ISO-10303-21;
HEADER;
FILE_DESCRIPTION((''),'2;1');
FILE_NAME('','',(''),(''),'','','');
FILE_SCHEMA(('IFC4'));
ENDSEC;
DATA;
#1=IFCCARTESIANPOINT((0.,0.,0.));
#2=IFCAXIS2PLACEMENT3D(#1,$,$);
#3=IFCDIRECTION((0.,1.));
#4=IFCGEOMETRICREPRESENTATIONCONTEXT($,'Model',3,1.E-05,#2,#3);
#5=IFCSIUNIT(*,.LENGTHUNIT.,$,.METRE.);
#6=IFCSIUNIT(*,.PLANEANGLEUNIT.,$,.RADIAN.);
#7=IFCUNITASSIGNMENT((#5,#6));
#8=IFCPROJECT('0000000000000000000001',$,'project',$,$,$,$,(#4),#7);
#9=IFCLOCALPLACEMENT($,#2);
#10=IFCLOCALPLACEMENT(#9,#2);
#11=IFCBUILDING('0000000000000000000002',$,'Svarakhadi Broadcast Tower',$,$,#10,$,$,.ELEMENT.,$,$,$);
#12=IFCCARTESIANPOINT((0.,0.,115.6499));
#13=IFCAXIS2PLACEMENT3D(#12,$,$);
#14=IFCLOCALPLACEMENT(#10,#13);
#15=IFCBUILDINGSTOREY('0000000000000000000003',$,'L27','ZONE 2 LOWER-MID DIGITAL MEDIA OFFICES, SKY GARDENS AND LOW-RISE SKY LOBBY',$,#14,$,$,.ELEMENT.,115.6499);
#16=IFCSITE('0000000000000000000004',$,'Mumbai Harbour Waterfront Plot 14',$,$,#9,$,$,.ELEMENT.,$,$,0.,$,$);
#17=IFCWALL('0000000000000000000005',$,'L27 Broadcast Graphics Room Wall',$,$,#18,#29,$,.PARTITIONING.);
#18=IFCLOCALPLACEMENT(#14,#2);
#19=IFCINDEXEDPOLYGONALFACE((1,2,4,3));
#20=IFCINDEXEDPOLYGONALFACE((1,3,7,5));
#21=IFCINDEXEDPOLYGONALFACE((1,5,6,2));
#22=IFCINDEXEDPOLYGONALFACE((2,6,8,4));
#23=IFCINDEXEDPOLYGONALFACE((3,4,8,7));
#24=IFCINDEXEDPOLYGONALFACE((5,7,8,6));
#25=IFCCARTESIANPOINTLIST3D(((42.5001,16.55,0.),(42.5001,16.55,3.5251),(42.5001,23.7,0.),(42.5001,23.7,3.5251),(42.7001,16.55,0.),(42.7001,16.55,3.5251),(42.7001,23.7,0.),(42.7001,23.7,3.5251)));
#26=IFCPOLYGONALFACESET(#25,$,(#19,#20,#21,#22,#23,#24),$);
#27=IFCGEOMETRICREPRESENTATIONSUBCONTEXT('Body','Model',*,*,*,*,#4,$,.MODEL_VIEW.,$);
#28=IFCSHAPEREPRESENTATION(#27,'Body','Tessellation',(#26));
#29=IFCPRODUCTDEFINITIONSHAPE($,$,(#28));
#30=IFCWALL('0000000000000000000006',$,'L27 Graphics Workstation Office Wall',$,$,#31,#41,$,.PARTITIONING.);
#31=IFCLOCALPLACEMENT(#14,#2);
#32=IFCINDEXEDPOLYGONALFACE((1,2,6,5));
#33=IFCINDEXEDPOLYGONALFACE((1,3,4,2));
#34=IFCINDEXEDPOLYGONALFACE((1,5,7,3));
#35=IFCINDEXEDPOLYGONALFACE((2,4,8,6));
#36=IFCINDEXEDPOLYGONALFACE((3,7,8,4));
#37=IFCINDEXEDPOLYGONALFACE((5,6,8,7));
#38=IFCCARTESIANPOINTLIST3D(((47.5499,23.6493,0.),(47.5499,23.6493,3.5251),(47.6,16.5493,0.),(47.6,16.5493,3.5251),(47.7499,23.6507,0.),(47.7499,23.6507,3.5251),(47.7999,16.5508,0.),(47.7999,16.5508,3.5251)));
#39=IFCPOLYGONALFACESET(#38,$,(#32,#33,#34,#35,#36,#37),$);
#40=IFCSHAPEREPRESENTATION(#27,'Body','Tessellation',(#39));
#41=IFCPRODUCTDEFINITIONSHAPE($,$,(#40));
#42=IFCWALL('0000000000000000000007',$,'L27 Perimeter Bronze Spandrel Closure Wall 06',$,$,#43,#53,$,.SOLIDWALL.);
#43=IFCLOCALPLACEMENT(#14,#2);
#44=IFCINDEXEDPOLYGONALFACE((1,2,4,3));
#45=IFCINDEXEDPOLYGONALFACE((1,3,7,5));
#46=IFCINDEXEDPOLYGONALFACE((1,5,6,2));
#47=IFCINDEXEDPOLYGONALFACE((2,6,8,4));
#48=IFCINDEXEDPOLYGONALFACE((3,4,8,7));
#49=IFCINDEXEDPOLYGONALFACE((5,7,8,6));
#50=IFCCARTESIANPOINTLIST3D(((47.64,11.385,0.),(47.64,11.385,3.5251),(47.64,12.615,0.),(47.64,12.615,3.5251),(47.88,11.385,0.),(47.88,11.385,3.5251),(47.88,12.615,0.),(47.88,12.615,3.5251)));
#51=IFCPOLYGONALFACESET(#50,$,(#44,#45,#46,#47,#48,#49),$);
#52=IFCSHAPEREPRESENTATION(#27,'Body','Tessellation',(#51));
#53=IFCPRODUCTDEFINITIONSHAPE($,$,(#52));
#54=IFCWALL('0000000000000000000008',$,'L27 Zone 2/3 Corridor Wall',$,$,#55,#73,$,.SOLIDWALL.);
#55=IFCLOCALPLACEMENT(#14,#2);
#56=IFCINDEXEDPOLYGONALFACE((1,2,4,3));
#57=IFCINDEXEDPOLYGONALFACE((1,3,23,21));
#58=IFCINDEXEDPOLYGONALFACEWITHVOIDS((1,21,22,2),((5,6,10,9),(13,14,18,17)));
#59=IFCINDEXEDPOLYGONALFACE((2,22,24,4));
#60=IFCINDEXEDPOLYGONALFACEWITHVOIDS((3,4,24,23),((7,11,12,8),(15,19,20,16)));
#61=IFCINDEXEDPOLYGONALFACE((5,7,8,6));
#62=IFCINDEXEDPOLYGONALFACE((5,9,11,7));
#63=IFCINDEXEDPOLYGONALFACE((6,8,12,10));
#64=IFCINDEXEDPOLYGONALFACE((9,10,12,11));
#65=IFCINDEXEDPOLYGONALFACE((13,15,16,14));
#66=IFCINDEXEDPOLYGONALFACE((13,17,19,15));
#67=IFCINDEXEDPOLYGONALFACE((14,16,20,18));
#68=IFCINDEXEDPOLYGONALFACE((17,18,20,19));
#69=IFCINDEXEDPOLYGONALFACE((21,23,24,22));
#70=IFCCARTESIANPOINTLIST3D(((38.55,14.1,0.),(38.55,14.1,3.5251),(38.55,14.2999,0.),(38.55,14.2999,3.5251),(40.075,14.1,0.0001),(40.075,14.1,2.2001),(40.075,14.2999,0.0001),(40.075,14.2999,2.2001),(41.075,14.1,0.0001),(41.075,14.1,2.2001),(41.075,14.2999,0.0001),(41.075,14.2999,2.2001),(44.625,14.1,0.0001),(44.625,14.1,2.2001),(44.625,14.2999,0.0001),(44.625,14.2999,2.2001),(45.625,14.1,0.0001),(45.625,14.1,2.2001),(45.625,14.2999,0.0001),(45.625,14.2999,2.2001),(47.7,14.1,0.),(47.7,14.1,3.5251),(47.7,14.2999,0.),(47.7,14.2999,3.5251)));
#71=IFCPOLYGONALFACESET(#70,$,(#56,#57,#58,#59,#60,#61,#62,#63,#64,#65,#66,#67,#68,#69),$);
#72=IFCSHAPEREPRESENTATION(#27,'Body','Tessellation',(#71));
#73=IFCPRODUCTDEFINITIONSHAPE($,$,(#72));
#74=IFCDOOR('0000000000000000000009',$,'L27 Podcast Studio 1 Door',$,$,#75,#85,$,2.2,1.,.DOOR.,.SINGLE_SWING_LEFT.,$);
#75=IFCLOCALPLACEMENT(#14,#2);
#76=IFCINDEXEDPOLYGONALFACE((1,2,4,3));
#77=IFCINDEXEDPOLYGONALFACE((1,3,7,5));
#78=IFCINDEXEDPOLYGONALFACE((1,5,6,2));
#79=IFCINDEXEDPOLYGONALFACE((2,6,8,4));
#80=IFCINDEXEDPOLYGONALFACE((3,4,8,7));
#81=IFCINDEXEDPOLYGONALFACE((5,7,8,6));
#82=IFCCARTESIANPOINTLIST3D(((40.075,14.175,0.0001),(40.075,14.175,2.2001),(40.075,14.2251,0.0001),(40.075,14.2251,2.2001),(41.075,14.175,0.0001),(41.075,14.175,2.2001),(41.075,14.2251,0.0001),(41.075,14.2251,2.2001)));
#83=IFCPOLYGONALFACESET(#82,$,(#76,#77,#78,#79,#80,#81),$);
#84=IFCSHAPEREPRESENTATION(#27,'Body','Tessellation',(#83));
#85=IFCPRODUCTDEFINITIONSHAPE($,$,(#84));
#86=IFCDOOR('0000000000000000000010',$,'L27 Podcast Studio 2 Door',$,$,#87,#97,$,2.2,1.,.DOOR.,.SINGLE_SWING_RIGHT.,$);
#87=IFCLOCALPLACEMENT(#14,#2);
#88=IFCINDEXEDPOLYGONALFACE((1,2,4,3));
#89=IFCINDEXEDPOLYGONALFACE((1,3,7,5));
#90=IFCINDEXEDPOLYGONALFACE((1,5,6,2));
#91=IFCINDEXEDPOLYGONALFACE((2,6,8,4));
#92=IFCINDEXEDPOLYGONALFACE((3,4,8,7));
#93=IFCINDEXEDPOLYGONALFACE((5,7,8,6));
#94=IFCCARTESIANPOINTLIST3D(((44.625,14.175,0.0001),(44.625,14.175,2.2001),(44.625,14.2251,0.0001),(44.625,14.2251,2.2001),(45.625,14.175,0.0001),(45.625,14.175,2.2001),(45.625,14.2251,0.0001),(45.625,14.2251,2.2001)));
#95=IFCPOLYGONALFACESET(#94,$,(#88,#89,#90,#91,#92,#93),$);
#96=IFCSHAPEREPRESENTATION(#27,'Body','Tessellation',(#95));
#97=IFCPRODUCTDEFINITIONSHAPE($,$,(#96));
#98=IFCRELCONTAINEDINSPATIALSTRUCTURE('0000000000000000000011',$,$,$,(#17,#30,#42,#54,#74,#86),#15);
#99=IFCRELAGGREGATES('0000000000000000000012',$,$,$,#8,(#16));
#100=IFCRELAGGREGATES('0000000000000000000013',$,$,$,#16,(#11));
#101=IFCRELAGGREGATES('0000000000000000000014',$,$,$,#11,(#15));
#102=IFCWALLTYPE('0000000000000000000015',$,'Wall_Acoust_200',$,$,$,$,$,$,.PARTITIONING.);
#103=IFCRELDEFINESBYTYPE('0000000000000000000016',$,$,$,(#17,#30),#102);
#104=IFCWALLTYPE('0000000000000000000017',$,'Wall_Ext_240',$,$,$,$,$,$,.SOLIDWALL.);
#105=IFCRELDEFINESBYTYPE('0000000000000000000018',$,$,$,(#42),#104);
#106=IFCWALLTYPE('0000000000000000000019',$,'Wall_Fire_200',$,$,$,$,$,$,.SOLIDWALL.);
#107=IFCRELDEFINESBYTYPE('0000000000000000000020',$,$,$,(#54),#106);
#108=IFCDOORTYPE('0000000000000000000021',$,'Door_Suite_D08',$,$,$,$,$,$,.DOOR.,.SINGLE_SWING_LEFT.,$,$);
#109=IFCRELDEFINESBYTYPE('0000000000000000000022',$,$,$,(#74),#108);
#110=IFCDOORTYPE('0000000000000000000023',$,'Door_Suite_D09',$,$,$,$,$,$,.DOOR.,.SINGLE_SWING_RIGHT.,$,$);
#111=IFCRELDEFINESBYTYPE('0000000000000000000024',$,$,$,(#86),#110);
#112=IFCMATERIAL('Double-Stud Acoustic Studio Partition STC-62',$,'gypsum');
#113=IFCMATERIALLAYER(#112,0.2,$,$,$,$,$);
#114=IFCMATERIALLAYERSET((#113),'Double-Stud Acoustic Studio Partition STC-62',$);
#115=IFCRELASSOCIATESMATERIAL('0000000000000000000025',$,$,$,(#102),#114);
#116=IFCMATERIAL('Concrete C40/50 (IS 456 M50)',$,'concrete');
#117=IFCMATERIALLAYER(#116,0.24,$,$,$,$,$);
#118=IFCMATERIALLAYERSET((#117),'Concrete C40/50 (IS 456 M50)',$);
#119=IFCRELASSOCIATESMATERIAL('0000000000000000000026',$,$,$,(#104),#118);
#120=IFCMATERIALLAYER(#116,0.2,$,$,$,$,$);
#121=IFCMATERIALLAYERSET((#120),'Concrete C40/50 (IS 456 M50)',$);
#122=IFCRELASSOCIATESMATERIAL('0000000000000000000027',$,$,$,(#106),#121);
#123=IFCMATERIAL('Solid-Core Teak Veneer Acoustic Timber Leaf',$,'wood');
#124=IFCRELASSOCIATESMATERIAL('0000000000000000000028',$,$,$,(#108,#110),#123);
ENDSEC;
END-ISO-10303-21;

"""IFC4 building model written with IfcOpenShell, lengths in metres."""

from ifc_helpers import new_model, si_unit, direction, frame, frame_2d, origin, place, context, subcontext, project, spatial, rectangle, extrude, material, layer, layer_set, type_object, element, fill, save


model = new_model("IFC4")

# Units and contexts
model_context = context("Model", 3, precision=1e-05, world=origin(), true_north=direction((0.0, 1.0)))
body_context = subcontext(model_context, "Body", "Model", "MODEL_VIEW")
ifc_project = project(units=[si_unit("LENGTHUNIT", "METRE"), si_unit("PLANEANGLEUNIT", "RADIAN")], contexts=[model_context])

# Site, building, storey
site_placement = place(None, origin())
site = spatial("IfcSite", under=ifc_project, at=site_placement, Name="Mumbai Harbour Waterfront Plot 14", CompositionType="ELEMENT", RefElevation=0.0)
building_placement = place(site_placement, origin())
building = spatial("IfcBuilding", under=site, at=building_placement, Name="Svarakhadi Broadcast Tower", CompositionType="ELEMENT")
storey_placement = place(building_placement, frame((0.0, 0.0, 115.6499)))
storey = spatial("IfcBuildingStorey", under=building, at=storey_placement, Name="L27", Description="ZONE 2 LOWER-MID DIGITAL MEDIA OFFICES, SKY GARDENS AND LOW-RISE SKY LOBBY", CompositionType="ELEMENT", Elevation=115.6499)

# Walls
ifc_material_1 = material(Name="Double-Stud Acoustic Studio Partition STC-62", Category="gypsum")
ifc_layer_1 = layer(ifc_material_1, 0.2)
ifc_layer_set_1 = layer_set([ifc_layer_1], Name="Double-Stud Acoustic Studio Partition STC-62")
wall_type_1 = type_object("IfcWallType", Name="Wall_Acoust_200", PredefinedType="PARTITIONING", material=ifc_layer_set_1)
wall_1_placement = place(storey_placement, frame((42.6001, 16.55, 0.0), z_axis=(0.0, 0.0, 1.0), x_axis=(0.0, 1.0, 0.0)))
element("IfcWall", 1, at=wall_1_placement, inside=storey, type_object=wall_type_1, Name="L27 Broadcast Graphics Room Wall", PredefinedType="PARTITIONING", context=body_context, shape_type="SweptSolid", body=[
    extrude(rectangle(XDim=7.1499, YDim=0.2, at=frame_2d((3.575, 0.0))), origin(), (0.0, 0.0, 1.0), 3.5251),
])
wall_2_placement = place(storey_placement, frame((47.7, 16.55, 0.0), z_axis=(0.0, 0.0, 1.0), x_axis=(-0.007049, 0.999975, 0.0)))
element("IfcWall", 2, at=wall_2_placement, inside=storey, type_object=wall_type_1, Name="L27 Graphics Workstation Office Wall", PredefinedType="PARTITIONING", context=body_context, shape_type="SweptSolid", body=[
    extrude(rectangle(XDim=7.1001, YDim=0.2, at=frame_2d((3.55, 0.0))), origin(), (0.0, 0.0, 1.0), 3.5251),
])
ifc_material_2 = material(Name="Concrete C40/50 (IS 456 M50)", Category="concrete")
ifc_layer_2 = layer(ifc_material_2, 0.24)
ifc_layer_set_2 = layer_set([ifc_layer_2], Name="Concrete C40/50 (IS 456 M50)")
wall_type_2 = type_object("IfcWallType", Name="Wall_Ext_240", PredefinedType="SOLIDWALL", material=ifc_layer_set_2)
wall_3_placement = place(storey_placement, frame((47.76, 12.615, 0.0), z_axis=(0.0, 0.0, 1.0), x_axis=(0.0, -1.0, 0.0)))
element("IfcWall", 3, at=wall_3_placement, inside=storey, type_object=wall_type_2, Name="L27 Perimeter Bronze Spandrel Closure Wall 06", PredefinedType="SOLIDWALL", context=body_context, shape_type="SweptSolid", body=[
    extrude(rectangle(XDim=1.23, YDim=0.24, at=frame_2d((0.615, 0.0))), origin(), (0.0, 0.0, 1.0), 3.5251),
])

# Wall, openings, doors
ifc_layer_3 = layer(ifc_material_2, 0.2)
ifc_layer_set_3 = layer_set([ifc_layer_3], Name="Concrete C40/50 (IS 456 M50)")
wall_type_3 = type_object("IfcWallType", Name="Wall_Fire_200", PredefinedType="SOLIDWALL", material=ifc_layer_set_3)
wall_4_placement = place(storey_placement, frame((47.7, 14.2, 0.0), z_axis=(0.0, 0.0, 1.0), x_axis=(-1.0, 0.0, 0.0)))
wall_4 = element("IfcWall", 4, at=wall_4_placement, inside=storey, type_object=wall_type_3, Name="L27 Zone 2/3 Corridor Wall", PredefinedType="SOLIDWALL", context=body_context, shape_type="SweptSolid", body=[
    extrude(rectangle(XDim=9.1499, YDim=0.2, at=frame_2d((4.575, 0.0))), origin(), (0.0, 0.0, 1.0), 3.5251),
])
opening_1_placement = place(wall_4_placement, frame((6.625, 0.0, 0.0)))
opening_1 = element("IfcOpeningElement", 5, at=opening_1_placement, cuts=wall_4, PredefinedType="OPENING", context=body_context, shape_type="SweptSolid", body=[
    extrude(rectangle(XDim=1.0, YDim=2.2, at=frame_2d((0.5, 1.1001))), frame((0.0, 0.1099, 0.0), z_axis=(0.0, -1.0, 0.0), x_axis=(1.0, 0.0, 0.0)), (0.0, 0.0, 1.0), 0.22),
])
opening_2_placement = place(wall_4_placement, frame((2.075, 0.0, 0.0)))
opening_2 = element("IfcOpeningElement", 6, at=opening_2_placement, cuts=wall_4, PredefinedType="OPENING", context=body_context, shape_type="SweptSolid", body=[
    extrude(rectangle(XDim=1.0, YDim=2.2, at=frame_2d((0.5, 1.1001))), frame((0.0, 0.1099, 0.0), z_axis=(0.0, -1.0, 0.0), x_axis=(1.0, 0.0, 0.0)), (0.0, 0.0, 1.0), 0.22),
])
ifc_material_3 = material(Name="Solid-Core Teak Veneer Acoustic Timber Leaf", Category="wood")
door_type_1 = type_object("IfcDoorType", Name="Door_Suite_D08", OperationType="SINGLE_SWING_LEFT", PredefinedType="DOOR", material=ifc_material_3)
door_1_placement = place(opening_1_placement, origin())
door_1 = element("IfcDoor", 7, at=door_1_placement, inside=storey, type_object=door_type_1, Name="L27 Podcast Studio 1 Door", OperationType="SINGLE_SWING_LEFT", OverallHeight=2.2, OverallWidth=1.0, PredefinedType="DOOR", context=body_context, shape_type="SweptSolid", body=[
    extrude(rectangle(XDim=1.0, YDim=2.2, at=frame_2d((0.5, 1.1001))), frame((0.0, 0.0249, 0.0), z_axis=(0.0, -1.0, 0.0), x_axis=(1.0, 0.0, 0.0)), (0.0, 0.0, 1.0), 0.05),
])
fill(opening_1, door_1)
door_type_2 = type_object("IfcDoorType", Name="Door_Suite_D09", OperationType="SINGLE_SWING_RIGHT", PredefinedType="DOOR", material=ifc_material_3)
door_2_placement = place(opening_2_placement, origin())
door_2 = element("IfcDoor", 8, at=door_2_placement, inside=storey, type_object=door_type_2, Name="L27 Podcast Studio 2 Door", OperationType="SINGLE_SWING_RIGHT", OverallHeight=2.2, OverallWidth=1.0, PredefinedType="DOOR", context=body_context, shape_type="SweptSolid", body=[
    extrude(rectangle(XDim=1.0, YDim=2.2, at=frame_2d((0.5, 1.1001))), frame((0.0, 0.0249, 0.0), z_axis=(0.0, -1.0, 0.0), x_axis=(1.0, 0.0, 0.0)), (0.0, 0.0, 1.0), 0.05),
])
fill(opening_2, door_2)

save(model, "model.ifc")
